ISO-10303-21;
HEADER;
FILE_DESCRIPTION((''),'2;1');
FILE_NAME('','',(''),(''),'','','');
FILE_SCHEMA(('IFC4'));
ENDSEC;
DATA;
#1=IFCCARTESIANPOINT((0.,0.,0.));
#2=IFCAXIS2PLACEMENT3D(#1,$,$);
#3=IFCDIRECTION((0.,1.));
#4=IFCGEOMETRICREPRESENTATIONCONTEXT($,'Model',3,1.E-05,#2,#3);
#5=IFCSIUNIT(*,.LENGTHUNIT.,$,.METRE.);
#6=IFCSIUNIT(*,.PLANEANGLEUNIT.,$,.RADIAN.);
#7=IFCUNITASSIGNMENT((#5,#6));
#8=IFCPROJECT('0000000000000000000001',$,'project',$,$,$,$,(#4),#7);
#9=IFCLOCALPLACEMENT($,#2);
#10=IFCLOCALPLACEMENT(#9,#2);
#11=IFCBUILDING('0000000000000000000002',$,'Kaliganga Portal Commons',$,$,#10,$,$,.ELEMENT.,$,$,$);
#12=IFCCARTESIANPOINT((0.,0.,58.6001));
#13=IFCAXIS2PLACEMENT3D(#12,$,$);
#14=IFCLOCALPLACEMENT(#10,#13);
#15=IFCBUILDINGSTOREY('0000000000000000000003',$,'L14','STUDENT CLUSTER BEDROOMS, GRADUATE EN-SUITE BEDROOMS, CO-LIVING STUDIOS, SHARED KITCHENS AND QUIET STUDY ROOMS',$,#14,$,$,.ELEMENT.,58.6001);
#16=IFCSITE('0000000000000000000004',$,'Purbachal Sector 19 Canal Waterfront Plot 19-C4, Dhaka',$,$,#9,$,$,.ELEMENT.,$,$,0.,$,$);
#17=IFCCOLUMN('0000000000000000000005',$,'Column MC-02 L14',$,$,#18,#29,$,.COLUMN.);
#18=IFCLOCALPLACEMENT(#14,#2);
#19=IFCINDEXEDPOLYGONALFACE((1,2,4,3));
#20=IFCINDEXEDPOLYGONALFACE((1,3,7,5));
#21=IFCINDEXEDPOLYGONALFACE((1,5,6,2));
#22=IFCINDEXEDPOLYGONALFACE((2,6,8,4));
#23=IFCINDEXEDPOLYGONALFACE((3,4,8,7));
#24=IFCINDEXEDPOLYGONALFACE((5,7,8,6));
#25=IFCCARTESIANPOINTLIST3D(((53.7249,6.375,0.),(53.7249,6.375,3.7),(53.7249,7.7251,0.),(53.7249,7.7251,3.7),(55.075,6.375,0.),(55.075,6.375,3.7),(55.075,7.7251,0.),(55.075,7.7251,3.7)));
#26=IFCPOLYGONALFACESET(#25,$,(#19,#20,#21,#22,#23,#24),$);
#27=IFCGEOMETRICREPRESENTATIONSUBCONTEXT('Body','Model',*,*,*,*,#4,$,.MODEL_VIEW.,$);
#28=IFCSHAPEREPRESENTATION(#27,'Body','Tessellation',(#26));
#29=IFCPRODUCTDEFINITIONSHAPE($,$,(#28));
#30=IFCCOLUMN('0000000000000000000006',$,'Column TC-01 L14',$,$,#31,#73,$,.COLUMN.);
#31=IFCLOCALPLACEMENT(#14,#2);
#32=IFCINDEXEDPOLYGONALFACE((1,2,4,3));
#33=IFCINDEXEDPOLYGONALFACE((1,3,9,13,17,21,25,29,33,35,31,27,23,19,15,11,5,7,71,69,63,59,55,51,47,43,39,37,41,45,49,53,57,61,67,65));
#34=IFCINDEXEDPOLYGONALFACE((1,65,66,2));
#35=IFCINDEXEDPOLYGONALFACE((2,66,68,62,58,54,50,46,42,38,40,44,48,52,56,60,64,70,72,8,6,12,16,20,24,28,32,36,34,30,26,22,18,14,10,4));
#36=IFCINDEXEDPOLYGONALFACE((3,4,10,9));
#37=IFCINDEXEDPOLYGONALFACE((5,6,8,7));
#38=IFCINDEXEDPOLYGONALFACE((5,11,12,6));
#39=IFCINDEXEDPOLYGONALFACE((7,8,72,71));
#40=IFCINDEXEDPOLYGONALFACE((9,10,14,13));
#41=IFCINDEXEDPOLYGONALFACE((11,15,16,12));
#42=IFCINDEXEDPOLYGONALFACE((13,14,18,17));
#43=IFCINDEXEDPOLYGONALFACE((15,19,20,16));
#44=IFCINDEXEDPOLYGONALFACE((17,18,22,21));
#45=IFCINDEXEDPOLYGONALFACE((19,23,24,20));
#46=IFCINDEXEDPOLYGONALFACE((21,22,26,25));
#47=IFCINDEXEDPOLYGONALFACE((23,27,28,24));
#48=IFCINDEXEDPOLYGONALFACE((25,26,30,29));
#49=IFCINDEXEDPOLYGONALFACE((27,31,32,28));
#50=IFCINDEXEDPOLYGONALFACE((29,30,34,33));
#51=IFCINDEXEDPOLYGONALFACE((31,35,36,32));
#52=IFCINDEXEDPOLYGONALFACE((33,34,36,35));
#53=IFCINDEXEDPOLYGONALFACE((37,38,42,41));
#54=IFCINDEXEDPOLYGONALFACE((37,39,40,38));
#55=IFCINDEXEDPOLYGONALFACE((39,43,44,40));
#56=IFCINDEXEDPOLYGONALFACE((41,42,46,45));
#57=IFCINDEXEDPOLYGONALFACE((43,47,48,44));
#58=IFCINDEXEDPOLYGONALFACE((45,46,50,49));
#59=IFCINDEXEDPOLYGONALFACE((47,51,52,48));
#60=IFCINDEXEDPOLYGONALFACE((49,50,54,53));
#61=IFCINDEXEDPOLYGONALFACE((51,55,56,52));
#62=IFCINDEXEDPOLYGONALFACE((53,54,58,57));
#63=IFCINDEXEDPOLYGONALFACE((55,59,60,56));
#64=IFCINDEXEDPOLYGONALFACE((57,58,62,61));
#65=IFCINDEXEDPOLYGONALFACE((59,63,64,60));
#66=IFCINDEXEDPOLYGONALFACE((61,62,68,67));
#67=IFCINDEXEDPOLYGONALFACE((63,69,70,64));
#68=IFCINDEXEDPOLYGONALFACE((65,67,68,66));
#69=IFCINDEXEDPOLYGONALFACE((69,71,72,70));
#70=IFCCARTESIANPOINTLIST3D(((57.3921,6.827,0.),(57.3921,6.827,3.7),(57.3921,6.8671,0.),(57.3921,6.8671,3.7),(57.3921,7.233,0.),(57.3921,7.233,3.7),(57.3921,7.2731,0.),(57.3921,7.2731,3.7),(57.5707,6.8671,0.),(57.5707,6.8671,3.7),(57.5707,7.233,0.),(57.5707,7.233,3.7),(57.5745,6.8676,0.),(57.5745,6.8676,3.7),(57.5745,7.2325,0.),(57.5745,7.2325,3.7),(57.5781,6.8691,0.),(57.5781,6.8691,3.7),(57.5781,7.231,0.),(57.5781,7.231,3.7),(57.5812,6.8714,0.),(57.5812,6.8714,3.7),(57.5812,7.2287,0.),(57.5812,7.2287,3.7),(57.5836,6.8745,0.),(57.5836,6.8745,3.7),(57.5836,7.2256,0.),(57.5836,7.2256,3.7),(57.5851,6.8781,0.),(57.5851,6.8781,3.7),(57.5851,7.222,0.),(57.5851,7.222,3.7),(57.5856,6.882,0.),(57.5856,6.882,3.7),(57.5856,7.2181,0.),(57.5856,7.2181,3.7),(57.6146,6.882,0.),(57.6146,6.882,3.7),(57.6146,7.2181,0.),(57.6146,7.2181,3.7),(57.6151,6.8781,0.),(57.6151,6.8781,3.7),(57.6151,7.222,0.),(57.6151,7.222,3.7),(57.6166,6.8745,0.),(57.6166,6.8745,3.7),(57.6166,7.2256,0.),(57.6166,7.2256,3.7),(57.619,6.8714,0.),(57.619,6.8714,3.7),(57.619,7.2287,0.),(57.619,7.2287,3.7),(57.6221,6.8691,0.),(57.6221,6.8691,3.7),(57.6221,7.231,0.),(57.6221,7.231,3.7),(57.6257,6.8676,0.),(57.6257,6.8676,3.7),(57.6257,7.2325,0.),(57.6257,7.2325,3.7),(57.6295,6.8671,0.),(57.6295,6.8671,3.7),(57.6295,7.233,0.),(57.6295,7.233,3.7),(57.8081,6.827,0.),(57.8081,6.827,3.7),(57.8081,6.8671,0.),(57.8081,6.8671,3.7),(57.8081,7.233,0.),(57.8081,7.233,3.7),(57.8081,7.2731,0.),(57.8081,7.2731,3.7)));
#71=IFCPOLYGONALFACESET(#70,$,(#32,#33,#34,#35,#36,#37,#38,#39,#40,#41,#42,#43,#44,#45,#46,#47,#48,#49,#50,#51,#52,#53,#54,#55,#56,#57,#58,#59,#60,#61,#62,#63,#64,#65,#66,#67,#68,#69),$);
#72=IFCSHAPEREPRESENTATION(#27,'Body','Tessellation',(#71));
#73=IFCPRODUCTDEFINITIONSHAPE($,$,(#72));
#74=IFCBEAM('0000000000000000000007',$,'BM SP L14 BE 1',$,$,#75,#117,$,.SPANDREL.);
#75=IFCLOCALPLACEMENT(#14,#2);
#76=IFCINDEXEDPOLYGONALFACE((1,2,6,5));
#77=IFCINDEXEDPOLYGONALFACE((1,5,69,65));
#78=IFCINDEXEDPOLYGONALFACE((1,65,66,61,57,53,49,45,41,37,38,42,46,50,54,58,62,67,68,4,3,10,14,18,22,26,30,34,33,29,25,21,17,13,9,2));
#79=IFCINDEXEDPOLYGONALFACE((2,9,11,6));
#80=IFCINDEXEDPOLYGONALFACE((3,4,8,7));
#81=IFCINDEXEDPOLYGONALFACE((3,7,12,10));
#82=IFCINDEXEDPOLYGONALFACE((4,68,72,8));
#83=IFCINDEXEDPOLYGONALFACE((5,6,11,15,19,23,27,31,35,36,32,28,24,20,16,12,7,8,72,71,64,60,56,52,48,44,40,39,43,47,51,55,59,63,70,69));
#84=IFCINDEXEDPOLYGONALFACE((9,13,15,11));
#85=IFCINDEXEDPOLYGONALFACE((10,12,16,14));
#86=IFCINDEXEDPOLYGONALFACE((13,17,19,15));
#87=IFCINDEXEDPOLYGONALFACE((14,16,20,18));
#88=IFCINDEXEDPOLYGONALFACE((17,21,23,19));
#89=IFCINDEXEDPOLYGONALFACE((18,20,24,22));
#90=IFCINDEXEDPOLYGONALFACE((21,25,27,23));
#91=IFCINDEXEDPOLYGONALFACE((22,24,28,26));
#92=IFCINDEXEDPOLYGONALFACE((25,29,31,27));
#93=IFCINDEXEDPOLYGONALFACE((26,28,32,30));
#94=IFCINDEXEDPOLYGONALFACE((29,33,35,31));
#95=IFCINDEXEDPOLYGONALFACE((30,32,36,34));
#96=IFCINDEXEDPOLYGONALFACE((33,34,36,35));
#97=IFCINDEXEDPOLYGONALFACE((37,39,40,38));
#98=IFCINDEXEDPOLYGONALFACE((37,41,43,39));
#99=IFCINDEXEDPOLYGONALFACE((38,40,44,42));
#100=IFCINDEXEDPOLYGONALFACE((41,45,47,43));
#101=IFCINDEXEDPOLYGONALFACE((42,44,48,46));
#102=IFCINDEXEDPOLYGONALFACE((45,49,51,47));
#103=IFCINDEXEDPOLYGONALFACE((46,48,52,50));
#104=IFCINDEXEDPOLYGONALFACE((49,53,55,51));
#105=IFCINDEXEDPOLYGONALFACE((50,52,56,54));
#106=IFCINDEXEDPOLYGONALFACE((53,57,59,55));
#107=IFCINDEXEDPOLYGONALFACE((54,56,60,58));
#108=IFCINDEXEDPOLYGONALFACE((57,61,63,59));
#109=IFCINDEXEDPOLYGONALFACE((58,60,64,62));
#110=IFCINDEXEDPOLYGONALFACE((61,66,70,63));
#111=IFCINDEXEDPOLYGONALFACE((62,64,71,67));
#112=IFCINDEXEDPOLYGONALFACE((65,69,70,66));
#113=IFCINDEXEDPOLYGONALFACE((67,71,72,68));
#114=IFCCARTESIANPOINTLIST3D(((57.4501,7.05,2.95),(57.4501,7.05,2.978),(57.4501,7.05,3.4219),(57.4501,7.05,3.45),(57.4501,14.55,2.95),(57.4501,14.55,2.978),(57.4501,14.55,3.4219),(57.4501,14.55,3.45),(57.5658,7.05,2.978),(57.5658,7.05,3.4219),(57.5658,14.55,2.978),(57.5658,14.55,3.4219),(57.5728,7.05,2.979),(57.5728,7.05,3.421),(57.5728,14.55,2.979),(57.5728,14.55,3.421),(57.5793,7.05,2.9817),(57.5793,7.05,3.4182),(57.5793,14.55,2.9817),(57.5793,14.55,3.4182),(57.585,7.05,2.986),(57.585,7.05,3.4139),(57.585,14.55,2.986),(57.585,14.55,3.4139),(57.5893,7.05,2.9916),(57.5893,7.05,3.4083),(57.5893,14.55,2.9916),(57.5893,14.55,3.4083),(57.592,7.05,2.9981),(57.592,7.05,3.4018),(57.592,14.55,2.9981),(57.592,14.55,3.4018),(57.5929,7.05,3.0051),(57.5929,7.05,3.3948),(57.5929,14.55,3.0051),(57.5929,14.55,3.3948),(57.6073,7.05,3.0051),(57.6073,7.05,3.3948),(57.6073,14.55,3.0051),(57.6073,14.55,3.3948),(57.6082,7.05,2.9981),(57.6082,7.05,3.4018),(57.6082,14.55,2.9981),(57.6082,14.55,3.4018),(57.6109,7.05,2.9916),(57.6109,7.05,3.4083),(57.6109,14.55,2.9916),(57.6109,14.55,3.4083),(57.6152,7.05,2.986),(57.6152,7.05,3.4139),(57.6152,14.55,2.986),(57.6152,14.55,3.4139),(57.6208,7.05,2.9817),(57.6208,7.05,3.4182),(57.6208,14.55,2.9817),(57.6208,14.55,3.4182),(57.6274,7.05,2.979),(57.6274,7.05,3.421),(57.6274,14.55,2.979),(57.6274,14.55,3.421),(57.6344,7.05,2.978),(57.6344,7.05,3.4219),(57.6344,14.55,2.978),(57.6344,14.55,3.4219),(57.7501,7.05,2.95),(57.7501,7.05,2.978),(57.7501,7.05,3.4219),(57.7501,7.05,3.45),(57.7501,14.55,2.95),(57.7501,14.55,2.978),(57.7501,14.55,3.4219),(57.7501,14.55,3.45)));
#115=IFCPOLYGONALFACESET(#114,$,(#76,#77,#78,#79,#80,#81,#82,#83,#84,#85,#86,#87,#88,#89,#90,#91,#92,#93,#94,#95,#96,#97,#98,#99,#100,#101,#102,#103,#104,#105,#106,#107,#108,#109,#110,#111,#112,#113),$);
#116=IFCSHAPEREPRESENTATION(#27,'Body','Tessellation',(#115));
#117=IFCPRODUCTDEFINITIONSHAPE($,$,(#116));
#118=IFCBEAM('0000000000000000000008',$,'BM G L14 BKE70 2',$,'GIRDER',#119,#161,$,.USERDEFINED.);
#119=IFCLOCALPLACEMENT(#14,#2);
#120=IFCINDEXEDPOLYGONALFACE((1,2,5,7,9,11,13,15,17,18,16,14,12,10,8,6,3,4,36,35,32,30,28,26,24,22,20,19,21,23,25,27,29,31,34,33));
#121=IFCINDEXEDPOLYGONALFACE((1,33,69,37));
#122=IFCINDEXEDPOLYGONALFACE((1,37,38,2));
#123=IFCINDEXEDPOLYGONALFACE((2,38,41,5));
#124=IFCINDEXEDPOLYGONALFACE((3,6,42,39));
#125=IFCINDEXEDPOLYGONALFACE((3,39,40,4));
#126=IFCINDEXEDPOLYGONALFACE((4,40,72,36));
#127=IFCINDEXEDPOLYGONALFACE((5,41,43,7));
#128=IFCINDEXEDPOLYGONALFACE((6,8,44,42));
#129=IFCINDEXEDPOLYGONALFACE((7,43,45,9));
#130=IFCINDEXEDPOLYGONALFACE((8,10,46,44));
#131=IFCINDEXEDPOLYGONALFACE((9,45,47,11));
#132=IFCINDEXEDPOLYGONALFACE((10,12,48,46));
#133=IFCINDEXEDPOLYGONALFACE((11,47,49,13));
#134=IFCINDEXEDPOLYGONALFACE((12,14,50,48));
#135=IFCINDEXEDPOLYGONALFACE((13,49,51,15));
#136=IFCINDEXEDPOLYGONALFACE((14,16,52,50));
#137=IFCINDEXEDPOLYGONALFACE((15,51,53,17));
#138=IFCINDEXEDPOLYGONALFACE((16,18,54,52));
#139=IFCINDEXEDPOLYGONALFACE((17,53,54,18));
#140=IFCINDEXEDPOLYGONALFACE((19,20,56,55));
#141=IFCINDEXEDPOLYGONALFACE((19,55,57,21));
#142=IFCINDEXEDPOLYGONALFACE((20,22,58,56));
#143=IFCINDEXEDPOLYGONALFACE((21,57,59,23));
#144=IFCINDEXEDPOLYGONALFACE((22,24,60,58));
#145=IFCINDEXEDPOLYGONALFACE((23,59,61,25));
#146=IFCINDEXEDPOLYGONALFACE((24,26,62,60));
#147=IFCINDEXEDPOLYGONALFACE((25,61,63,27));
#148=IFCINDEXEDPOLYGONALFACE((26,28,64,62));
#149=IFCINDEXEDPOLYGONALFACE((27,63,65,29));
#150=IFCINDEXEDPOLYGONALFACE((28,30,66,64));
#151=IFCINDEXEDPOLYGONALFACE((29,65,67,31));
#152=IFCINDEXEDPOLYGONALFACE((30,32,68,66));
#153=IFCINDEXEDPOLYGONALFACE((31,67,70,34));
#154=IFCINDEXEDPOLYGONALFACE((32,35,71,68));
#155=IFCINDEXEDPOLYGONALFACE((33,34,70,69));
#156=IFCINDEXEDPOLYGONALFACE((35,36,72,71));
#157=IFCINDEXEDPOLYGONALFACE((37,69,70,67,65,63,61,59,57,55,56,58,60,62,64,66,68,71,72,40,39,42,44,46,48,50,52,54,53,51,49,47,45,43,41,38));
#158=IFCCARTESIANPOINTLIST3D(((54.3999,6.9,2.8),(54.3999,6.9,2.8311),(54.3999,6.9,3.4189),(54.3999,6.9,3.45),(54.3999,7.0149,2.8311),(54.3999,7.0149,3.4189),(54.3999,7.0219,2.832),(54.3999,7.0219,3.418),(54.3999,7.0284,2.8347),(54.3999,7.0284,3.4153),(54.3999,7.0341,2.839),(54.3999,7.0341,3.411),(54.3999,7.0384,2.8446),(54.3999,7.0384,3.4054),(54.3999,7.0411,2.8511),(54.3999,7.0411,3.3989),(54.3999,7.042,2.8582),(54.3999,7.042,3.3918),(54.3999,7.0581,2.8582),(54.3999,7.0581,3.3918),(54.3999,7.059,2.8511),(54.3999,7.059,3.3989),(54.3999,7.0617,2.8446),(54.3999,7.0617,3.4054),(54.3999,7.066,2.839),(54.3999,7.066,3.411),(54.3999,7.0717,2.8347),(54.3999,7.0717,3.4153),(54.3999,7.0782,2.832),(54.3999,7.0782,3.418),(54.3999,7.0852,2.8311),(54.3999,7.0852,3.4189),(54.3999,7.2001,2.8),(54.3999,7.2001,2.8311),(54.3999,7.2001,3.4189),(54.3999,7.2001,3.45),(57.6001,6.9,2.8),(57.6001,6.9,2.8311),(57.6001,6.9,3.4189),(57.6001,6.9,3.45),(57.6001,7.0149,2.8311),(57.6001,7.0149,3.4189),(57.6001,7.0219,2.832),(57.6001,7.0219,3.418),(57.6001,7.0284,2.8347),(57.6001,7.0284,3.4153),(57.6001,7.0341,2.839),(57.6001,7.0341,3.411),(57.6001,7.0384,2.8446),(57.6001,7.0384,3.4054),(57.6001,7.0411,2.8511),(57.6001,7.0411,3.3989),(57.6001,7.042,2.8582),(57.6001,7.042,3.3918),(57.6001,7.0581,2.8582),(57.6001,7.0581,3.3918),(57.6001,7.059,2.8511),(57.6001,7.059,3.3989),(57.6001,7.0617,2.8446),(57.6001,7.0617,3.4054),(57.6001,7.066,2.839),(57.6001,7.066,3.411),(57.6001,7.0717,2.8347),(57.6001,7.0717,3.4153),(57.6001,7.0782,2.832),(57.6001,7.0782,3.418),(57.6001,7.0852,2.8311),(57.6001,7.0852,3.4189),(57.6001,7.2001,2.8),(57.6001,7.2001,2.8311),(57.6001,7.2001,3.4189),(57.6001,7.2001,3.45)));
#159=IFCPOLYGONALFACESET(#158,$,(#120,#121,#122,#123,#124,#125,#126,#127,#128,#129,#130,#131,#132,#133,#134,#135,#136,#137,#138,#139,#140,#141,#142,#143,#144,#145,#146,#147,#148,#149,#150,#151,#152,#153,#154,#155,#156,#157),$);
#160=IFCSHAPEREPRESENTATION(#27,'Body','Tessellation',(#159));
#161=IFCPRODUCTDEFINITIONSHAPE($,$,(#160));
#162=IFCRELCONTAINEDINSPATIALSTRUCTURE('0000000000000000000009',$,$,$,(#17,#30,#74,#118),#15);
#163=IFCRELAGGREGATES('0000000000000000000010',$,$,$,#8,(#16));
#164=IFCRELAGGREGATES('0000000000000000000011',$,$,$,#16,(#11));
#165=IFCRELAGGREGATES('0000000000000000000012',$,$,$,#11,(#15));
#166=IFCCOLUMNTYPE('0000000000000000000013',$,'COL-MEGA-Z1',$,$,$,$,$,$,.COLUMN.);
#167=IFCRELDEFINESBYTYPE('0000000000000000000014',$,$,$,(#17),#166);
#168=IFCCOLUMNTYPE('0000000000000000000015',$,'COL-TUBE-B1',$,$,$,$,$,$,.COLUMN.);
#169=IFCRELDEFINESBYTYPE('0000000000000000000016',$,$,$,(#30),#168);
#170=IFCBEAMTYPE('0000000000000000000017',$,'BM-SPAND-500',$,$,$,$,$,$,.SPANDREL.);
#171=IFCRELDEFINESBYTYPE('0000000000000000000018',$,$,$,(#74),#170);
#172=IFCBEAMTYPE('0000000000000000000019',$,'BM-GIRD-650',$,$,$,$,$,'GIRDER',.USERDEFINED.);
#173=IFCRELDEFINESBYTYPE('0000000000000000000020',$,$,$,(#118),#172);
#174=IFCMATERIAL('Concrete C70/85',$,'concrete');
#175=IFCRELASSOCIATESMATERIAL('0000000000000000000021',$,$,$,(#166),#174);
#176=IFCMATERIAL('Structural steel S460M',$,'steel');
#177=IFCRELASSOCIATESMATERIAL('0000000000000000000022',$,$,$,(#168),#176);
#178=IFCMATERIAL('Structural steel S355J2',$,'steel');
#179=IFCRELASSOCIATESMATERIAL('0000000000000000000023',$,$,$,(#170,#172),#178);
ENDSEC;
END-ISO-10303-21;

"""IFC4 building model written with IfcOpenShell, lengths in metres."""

from ifc_helpers import new_model, si_unit, direction, frame, origin, origin_2d, place, context, subcontext, project, spatial, rectangle, i_section, extrude, source, transform, mapped, material, material_profile, profile_set, type_object, element, save


model = new_model("IFC4")

# Units and contexts
model_context = context("Model", 3, precision=1e-05, world=origin(), true_north=direction((0.0, 1.0)))
body_context = subcontext(model_context, "Body", "Model", "MODEL_VIEW")
ifc_project = project(units=[si_unit("LENGTHUNIT", "METRE"), si_unit("PLANEANGLEUNIT", "RADIAN")], contexts=[model_context])

# Site, building, storey
site_placement = place(None, origin())
site = spatial("IfcSite", under=ifc_project, at=site_placement, Name="Purbachal Sector 19 Canal Waterfront Plot 19-C4, Dhaka", CompositionType="ELEMENT", RefElevation=0.0)
building_placement = place(site_placement, origin())
building = spatial("IfcBuilding", under=site, at=building_placement, Name="Kaliganga Portal Commons", CompositionType="ELEMENT")
storey_placement = place(building_placement, frame((0.0, 0.0, 58.6001)))
storey = spatial("IfcBuildingStorey", under=building, at=storey_placement, Name="L14", Description="STUDENT CLUSTER BEDROOMS, GRADUATE EN-SUITE BEDROOMS, CO-LIVING STUDIOS, SHARED KITCHENS AND QUIET STUDY ROOMS", CompositionType="ELEMENT", Elevation=58.6001)

# Columns
ifc_material_1 = material(Name="Concrete C70/85", Category="concrete")
ifc_material_profile_1 = material_profile(ifc_material_1, rectangle(XDim=1.3501, YDim=1.3501, at=origin_2d()), Name="RC 1350x1350")
ifc_profile_set_1 = profile_set([ifc_material_profile_1], Name="Concrete C70/85")
column_type_1 = type_object("IfcColumnType", Name="COL-MEGA-Z1", PredefinedType="COLUMN", material=ifc_profile_set_1)
shared_shape_1 = source(origin(), body_context, "Body", "SweptSolid", [
    extrude(rectangle(XDim=1.3501, YDim=1.3501, at=origin_2d()), origin(), (0.0, 0.0, 1.0), 3.7),
])
column_1_placement = place(storey_placement, frame((54.3999, 7.05, 0.0), z_axis=(0.0, 0.0, 1.0), x_axis=(1.0, 0.0, 0.0)))
element("IfcColumn", 1, at=column_1_placement, inside=storey, type_object=column_type_1, Name="Column MC-02 L14", PredefinedType="COLUMN", context=body_context, shape_type="MappedRepresentation", body=[
    mapped(shared_shape_1, transform((0.0, 0.0, 0.0), x_axis=(1.0, 0.0, 0.0), y_axis=(0.0, 1.0, 0.0), z_axis=(0.0, 0.0, 1.0), scale=1.0)),
])
ifc_material_2 = material(Name="Structural steel S460M", Category="steel")
ifc_material_profile_2 = material_profile(ifc_material_2, i_section(OverallWidth=0.416, OverallDepth=0.446, WebThickness=0.0291, FlangeThickness=0.04, FilletRadius=0.0149, at=origin_2d()), Name="HD 400x509")
ifc_profile_set_2 = profile_set([ifc_material_profile_2], Name="Structural steel S460M wide-flange")
column_type_2 = type_object("IfcColumnType", Name="COL-TUBE-B1", PredefinedType="COLUMN", material=ifc_profile_set_2)
shared_shape_2 = source(origin(), body_context, "Body", "SweptSolid", [
    extrude(i_section(OverallWidth=0.416, OverallDepth=0.446, WebThickness=0.0291, FlangeThickness=0.04, FilletRadius=0.0149, at=origin_2d()), origin(), (0.0, 0.0, 1.0), 3.7),
])
column_2_placement = place(storey_placement, frame((57.6001, 7.05, 0.0), z_axis=(0.0, 0.0, 1.0), x_axis=(1.0, 0.0, 0.0)))
element("IfcColumn", 2, at=column_2_placement, inside=storey, type_object=column_type_2, Name="Column TC-01 L14", PredefinedType="COLUMN", context=body_context, shape_type="MappedRepresentation", body=[
    mapped(shared_shape_2, transform((0.0, 0.0, 0.0), x_axis=(1.0, 0.0, 0.0), y_axis=(0.0, 1.0, 0.0), z_axis=(0.0, 0.0, 1.0), scale=1.0)),
])

# Beams
ifc_material_3 = material(Name="Structural steel S355J2", Category="steel")
ifc_material_profile_3 = material_profile(ifc_material_3, i_section(OverallWidth=0.3, OverallDepth=0.5, WebThickness=0.0144, FlangeThickness=0.0281, FilletRadius=0.0271, at=origin_2d()), Name="HE 500 B")
ifc_profile_set_3 = profile_set([ifc_material_profile_3], Name="Structural steel S355J2 wide-flange")
beam_type_1 = type_object("IfcBeamType", Name="BM-SPAND-500", PredefinedType="SPANDREL", material=ifc_profile_set_3)
shared_shape_3 = source(origin(), body_context, "Body", "SweptSolid", [
    extrude(i_section(OverallWidth=0.3, OverallDepth=0.5, WebThickness=0.0144, FlangeThickness=0.0281, FilletRadius=0.0271, at=origin_2d()), origin(), (0.0, 0.0, 1.0), 7.5),
])
beam_1_placement = place(storey_placement, frame((57.6001, 7.05, 3.2), z_axis=(0.0, 1.0, 0.0), x_axis=(-1.0, 0.0, 0.0)))
element("IfcBeam", 3, at=beam_1_placement, inside=storey, type_object=beam_type_1, Name="BM SP L14 BE 1", PredefinedType="SPANDREL", context=body_context, shape_type="MappedRepresentation", body=[
    mapped(shared_shape_3, transform((0.0, 0.0, 0.0), x_axis=(1.0, 0.0, 0.0), y_axis=(0.0, 1.0, 0.0), z_axis=(0.0, 0.0, 1.0), scale=1.0)),
])
ifc_material_profile_4 = material_profile(ifc_material_3, i_section(OverallWidth=0.3, OverallDepth=0.6499, WebThickness=0.0161, FlangeThickness=0.031, FilletRadius=0.0271, at=origin_2d()), Name="HE 650 B")
ifc_profile_set_4 = profile_set([ifc_material_profile_4], Name="Structural steel S355J2 wide-flange")
beam_type_2 = type_object("IfcBeamType", Name="BM-GIRD-650", ElementType="GIRDER", PredefinedType="USERDEFINED", material=ifc_profile_set_4)
shared_shape_4 = source(origin(), body_context, "Body", "SweptSolid", [
    extrude(i_section(OverallWidth=0.3, OverallDepth=0.6499, WebThickness=0.0161, FlangeThickness=0.031, FilletRadius=0.0271, at=origin_2d()), origin(), (0.0, 0.0, 1.0), 3.2002),
])
beam_2_placement = place(storey_placement, frame((54.3999, 7.05, 3.125), z_axis=(1.0, 0.0, 0.0), x_axis=(0.0, 1.0, 0.0)))
element("IfcBeam", 4, at=beam_2_placement, inside=storey, type_object=beam_type_2, Name="BM G L14 BKE70 2", ObjectType="GIRDER", PredefinedType="USERDEFINED", context=body_context, shape_type="MappedRepresentation", body=[
    mapped(shared_shape_4, transform((0.0, 0.0, 0.0), x_axis=(1.0, 0.0, 0.0), y_axis=(0.0, 1.0, 0.0), z_axis=(0.0, 0.0, 1.0), scale=1.0)),
])

save(model, "model.ifc")
